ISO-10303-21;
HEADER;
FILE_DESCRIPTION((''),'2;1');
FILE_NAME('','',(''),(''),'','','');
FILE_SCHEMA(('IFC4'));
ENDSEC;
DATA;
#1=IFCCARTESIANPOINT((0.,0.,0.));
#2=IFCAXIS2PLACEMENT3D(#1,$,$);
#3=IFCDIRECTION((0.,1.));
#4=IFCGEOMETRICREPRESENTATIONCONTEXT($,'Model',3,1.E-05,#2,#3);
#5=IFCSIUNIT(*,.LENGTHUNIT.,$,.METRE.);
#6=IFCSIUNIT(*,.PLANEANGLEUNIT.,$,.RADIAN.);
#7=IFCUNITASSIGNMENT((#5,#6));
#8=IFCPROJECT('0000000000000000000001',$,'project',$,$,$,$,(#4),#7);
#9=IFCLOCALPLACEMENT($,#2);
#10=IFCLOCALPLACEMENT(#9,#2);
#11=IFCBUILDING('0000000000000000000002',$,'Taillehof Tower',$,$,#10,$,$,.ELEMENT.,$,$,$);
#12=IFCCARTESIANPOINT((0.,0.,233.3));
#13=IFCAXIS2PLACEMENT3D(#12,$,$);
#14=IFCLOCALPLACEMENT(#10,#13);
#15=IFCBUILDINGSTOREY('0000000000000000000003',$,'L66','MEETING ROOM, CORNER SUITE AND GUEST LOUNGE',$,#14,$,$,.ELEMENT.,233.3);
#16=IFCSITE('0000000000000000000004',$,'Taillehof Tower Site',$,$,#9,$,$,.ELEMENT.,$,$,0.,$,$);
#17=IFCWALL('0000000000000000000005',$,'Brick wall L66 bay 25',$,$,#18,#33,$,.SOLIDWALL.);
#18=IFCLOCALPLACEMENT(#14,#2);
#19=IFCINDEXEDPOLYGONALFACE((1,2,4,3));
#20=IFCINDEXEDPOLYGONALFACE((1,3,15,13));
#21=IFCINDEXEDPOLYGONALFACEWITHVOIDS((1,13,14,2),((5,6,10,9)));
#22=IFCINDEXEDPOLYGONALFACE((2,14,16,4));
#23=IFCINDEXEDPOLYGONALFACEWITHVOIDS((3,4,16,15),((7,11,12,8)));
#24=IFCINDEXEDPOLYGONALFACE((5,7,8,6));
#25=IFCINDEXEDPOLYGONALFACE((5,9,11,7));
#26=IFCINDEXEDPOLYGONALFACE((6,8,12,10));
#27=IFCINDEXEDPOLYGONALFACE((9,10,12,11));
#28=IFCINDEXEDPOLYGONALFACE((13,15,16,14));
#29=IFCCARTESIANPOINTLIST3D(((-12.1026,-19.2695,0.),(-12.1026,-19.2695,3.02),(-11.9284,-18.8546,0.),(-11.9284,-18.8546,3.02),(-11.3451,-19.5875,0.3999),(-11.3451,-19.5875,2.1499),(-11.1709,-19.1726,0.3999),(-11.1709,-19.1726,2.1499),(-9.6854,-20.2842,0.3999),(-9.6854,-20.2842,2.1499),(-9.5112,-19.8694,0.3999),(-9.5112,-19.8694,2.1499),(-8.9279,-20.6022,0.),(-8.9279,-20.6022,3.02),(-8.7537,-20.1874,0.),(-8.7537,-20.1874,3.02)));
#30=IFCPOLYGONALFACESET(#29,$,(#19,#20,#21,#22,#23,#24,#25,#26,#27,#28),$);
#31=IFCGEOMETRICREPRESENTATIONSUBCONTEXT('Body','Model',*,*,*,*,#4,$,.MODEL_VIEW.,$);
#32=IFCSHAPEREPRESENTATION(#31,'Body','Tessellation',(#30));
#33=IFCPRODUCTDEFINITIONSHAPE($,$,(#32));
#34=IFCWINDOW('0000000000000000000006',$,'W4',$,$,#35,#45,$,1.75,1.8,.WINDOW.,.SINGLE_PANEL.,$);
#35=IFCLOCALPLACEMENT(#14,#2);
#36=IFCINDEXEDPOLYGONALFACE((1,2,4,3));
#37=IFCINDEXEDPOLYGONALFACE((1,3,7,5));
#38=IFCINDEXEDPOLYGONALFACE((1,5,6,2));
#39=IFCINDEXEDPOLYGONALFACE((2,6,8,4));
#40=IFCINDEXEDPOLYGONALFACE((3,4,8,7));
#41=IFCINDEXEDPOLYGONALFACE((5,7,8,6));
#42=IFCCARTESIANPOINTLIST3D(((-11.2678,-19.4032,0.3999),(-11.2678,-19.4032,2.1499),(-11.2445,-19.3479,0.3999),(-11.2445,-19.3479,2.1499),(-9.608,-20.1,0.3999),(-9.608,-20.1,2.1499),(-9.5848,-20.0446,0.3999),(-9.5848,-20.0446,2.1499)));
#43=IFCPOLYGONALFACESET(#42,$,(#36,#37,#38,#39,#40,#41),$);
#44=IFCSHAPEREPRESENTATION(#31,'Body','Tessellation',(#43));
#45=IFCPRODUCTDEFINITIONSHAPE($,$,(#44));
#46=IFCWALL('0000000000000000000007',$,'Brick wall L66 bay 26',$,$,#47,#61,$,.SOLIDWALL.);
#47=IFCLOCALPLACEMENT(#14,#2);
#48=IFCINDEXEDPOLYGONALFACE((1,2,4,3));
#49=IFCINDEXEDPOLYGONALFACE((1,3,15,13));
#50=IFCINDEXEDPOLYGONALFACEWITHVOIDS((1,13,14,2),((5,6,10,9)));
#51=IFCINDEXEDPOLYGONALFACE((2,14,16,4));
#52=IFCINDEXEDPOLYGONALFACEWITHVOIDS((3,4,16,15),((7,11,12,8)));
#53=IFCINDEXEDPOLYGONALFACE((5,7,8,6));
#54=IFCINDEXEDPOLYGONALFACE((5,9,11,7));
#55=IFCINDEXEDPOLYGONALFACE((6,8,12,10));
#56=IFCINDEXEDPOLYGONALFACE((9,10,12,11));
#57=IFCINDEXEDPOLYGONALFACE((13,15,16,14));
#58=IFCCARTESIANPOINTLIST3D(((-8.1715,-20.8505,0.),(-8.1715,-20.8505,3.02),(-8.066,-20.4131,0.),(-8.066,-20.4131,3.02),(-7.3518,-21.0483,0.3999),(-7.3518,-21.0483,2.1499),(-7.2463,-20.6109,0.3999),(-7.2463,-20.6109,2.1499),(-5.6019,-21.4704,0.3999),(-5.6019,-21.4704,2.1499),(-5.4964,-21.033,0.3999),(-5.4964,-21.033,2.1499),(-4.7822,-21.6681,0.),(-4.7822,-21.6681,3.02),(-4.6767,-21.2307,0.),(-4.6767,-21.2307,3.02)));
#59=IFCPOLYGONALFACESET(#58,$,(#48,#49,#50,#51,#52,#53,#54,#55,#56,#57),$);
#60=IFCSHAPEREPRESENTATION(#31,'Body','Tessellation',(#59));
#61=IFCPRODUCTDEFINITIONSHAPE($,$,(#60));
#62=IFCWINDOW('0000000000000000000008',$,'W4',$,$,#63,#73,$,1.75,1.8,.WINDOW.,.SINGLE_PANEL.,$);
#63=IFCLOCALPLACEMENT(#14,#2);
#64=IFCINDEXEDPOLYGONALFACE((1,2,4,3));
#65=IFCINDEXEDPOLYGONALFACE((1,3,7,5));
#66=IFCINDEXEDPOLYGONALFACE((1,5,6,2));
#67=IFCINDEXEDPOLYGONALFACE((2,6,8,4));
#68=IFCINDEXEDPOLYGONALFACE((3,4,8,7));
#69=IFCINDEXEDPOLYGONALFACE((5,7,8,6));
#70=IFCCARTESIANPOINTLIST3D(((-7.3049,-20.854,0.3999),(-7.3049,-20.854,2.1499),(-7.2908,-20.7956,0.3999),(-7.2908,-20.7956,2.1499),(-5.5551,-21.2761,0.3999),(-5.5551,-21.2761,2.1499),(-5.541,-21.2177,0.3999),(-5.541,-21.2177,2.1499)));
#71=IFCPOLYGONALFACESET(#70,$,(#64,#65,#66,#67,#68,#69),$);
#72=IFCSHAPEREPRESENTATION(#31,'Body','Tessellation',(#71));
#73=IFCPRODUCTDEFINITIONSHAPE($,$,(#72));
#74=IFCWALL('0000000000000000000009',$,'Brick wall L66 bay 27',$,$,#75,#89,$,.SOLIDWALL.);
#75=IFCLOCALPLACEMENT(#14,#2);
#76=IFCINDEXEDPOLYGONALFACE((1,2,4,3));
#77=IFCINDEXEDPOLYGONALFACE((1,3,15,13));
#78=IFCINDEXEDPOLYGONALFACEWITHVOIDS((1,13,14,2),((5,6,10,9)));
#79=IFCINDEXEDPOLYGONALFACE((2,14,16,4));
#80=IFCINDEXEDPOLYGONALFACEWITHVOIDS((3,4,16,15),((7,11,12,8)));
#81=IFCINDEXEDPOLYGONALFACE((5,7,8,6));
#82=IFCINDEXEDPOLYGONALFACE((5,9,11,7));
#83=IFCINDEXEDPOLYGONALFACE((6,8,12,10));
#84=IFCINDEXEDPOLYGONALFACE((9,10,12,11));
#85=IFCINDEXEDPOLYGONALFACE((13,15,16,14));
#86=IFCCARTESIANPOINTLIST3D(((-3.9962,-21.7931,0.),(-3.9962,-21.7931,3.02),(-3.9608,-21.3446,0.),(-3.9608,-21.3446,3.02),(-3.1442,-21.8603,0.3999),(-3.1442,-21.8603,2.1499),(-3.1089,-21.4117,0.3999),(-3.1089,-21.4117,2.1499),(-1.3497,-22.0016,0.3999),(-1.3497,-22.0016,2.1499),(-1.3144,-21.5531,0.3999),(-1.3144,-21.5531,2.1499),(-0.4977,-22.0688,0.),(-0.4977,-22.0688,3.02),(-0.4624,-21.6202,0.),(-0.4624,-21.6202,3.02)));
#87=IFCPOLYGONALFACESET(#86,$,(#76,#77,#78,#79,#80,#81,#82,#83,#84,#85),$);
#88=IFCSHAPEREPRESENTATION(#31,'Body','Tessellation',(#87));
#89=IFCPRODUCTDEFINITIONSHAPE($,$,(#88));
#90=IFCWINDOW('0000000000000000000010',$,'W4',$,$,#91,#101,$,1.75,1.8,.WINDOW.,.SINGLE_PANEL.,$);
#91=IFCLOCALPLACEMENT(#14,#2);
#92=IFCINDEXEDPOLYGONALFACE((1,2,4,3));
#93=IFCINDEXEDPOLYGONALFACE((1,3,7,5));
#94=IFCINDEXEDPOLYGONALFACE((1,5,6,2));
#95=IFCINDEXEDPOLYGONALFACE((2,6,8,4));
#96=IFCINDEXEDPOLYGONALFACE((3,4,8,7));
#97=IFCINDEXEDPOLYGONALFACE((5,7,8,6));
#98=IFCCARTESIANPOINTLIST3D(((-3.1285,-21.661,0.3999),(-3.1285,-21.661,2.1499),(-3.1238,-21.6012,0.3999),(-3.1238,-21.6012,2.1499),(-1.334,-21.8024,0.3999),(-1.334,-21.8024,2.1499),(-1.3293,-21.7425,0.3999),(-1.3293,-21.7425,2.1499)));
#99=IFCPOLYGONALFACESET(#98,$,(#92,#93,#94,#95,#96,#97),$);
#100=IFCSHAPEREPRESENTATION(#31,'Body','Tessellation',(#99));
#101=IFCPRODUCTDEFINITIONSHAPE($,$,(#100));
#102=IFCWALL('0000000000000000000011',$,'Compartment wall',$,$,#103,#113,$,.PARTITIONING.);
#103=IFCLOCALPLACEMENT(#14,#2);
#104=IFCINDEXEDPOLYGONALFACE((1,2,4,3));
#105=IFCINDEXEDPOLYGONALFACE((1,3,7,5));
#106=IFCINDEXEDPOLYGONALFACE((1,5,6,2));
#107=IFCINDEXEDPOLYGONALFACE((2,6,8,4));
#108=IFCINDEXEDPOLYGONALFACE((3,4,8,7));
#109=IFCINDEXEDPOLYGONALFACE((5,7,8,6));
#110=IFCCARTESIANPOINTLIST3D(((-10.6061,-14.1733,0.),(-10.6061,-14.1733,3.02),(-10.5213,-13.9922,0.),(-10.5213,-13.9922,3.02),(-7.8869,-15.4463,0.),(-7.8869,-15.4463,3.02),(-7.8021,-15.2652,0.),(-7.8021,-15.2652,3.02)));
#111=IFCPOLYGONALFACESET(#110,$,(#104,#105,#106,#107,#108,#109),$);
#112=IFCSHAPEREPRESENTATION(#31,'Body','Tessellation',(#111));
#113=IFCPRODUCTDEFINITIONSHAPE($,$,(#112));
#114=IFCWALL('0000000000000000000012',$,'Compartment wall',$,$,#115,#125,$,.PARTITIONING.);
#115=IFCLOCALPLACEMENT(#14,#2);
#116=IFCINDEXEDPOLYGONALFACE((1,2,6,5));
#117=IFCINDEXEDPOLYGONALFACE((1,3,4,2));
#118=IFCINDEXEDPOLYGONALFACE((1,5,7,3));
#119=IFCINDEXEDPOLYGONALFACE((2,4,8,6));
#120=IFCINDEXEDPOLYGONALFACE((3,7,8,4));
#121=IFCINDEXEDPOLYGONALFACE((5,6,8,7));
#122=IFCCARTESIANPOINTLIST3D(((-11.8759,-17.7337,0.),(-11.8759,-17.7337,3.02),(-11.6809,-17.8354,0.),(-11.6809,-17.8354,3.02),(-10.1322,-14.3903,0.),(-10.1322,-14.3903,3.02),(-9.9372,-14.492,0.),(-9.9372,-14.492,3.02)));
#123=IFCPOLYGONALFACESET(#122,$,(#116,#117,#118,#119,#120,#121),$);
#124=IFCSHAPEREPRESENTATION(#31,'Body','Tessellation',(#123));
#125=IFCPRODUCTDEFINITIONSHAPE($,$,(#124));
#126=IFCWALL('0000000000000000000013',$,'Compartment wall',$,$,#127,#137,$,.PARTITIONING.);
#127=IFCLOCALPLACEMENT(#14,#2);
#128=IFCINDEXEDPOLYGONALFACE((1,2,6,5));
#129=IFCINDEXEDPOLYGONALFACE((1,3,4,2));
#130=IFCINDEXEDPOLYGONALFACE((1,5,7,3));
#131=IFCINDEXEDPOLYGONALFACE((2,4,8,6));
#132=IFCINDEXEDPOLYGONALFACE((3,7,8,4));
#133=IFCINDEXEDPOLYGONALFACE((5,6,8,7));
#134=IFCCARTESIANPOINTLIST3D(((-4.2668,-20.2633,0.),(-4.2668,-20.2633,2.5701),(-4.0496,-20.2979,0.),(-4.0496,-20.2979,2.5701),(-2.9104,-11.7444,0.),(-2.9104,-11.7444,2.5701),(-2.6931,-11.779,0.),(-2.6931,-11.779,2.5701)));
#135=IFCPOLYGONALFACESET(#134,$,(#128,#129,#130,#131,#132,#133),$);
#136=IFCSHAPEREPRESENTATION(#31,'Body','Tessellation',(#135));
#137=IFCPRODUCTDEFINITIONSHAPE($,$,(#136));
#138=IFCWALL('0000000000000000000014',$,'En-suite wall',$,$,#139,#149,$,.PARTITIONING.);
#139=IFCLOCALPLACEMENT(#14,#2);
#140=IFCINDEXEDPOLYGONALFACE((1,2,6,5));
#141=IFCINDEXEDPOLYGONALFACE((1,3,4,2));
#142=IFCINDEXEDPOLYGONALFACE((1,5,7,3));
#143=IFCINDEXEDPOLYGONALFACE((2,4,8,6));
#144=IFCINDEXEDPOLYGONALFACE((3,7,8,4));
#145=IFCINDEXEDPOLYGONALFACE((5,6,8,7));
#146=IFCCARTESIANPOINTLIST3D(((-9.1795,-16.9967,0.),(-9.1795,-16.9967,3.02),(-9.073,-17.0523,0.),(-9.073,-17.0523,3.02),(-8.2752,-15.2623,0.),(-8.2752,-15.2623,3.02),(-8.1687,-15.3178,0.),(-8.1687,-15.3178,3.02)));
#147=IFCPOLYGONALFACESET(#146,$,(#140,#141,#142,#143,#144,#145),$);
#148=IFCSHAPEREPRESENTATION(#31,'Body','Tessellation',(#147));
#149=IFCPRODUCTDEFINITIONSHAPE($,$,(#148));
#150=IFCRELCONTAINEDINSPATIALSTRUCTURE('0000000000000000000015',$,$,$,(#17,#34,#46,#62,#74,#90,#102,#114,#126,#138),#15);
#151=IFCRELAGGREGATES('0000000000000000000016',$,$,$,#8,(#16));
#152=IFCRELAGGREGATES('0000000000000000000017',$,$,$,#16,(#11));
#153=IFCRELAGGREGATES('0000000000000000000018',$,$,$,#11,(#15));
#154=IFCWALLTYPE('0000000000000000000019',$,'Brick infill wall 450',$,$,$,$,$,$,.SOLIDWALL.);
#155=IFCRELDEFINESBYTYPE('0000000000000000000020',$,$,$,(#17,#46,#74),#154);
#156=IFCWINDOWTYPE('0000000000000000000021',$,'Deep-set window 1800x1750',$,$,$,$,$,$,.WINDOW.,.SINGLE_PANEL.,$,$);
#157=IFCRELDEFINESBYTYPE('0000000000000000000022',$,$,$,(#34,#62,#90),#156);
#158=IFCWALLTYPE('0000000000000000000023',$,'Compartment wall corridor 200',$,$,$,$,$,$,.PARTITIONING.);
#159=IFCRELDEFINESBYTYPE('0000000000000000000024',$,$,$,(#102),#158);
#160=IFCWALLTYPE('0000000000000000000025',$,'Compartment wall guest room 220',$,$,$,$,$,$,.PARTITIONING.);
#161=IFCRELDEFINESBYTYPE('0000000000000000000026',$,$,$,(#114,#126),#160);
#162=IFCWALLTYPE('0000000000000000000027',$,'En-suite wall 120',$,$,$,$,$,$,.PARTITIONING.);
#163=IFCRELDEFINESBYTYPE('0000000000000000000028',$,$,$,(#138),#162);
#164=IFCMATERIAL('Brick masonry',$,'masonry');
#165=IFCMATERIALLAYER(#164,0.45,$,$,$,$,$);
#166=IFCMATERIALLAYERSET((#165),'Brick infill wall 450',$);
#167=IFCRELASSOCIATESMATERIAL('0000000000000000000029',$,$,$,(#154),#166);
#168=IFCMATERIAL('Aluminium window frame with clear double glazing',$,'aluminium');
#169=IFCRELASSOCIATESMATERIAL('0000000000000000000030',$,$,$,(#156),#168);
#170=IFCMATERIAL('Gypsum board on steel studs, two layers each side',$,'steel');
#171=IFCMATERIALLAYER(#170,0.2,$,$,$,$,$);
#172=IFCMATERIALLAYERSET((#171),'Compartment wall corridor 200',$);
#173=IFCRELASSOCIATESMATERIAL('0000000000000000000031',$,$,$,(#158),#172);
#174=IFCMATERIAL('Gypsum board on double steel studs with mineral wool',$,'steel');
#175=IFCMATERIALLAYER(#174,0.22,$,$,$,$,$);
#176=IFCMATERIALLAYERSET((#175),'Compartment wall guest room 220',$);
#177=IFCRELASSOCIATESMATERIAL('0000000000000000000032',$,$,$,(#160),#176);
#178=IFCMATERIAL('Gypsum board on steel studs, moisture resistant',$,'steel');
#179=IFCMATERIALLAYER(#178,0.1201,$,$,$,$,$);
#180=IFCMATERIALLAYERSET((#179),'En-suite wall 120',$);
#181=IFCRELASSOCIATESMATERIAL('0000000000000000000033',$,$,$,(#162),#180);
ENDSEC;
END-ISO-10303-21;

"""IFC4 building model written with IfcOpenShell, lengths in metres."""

from ifc_helpers import new_model, si_unit, direction, frame, frame_2d, origin, place, context, subcontext, project, spatial, rectangle, extrude, material, layer, layer_set, type_object, element, fill, save


model = new_model("IFC4")

# Units and contexts
model_context = context("Model", 3, precision=1e-05, world=origin(), true_north=direction((0.0, 1.0)))
body_context = subcontext(model_context, "Body", "Model", "MODEL_VIEW")
ifc_project = project(units=[si_unit("LENGTHUNIT", "METRE"), si_unit("PLANEANGLEUNIT", "RADIAN")], contexts=[model_context])

# Site, building, storey
site_placement = place(None, origin())
site = spatial("IfcSite", under=ifc_project, at=site_placement, Name="Taillehof Tower Site", CompositionType="ELEMENT", RefElevation=0.0)
building_placement = place(site_placement, origin())
building = spatial("IfcBuilding", under=site, at=building_placement, Name="Taillehof Tower", CompositionType="ELEMENT")
storey_placement = place(building_placement, frame((0.0, 0.0, 233.3)))
storey = spatial("IfcBuildingStorey", under=building, at=storey_placement, Name="L66", Description="MEETING ROOM, CORNER SUITE AND GUEST LOUNGE", CompositionType="ELEMENT", Elevation=233.3)

# Walls, openings, windows
ifc_material_1 = material(Name="Brick masonry", Category="masonry")
ifc_layer_1 = layer(ifc_material_1, 0.45)
ifc_layer_set_1 = layer_set([ifc_layer_1], Name="Brick infill wall 450")
wall_type_1 = type_object("IfcWallType", Name="Brick infill wall 450", PredefinedType="SOLIDWALL", material=ifc_layer_set_1)
wall_1_placement = place(storey_placement, frame((-12.0156, -19.062, 0.0), z_axis=(0.0, 0.0, 1.0), x_axis=(0.92205, -0.387071, 0.0)))
wall_1 = element("IfcWall", 1, at=wall_1_placement, inside=storey, type_object=wall_type_1, Name="Brick wall L66 bay 25", PredefinedType="SOLIDWALL", context=body_context, shape_type="SweptSolid", body=[
    extrude(rectangle(XDim=3.4431, YDim=0.45, at=frame_2d((1.7217, 0.0))), origin(), (0.0, 0.0, 1.0), 3.02),
])
opening_1_placement = place(wall_1_placement, frame((0.8218, 0.0, 0.3999)))
opening_1 = element("IfcOpeningElement", 2, at=opening_1_placement, cuts=wall_1, PredefinedType="OPENING", context=body_context, shape_type="SweptSolid", body=[
    extrude(rectangle(XDim=1.8, YDim=1.75, at=frame_2d((0.8999, 0.875))), frame((0.0, 0.2349, 0.0), z_axis=(0.0, -1.0, 0.0), x_axis=(1.0, 0.0, 0.0)), (0.0, 0.0, 1.0), 0.47),
])
ifc_material_2 = material(Name="Aluminium window frame with clear double glazing", Category="aluminium")
window_type = type_object("IfcWindowType", Name="Deep-set window 1800x1750", PartitioningType="SINGLE_PANEL", PredefinedType="WINDOW", material=ifc_material_2)
window_1_placement = place(opening_1_placement, origin())
window_1 = element("IfcWindow", 3, at=window_1_placement, inside=storey, type_object=window_type, Name="W4", OverallHeight=1.75, OverallWidth=1.8, PartitioningType="SINGLE_PANEL", PredefinedType="WINDOW", context=body_context, shape_type="SweptSolid", body=[
    extrude(rectangle(XDim=1.8, YDim=1.75, at=frame_2d((0.8999, 0.875))), frame((0.0, 0.0349, 0.0), z_axis=(0.0, -1.0, 0.0), x_axis=(1.0, 0.0, 0.0)), (0.0, 0.0, 1.0), 0.0601),
])
fill(opening_1, window_1)
wall_2_placement = place(storey_placement, frame((-8.1187, -20.6318, 0.0), z_axis=(0.0, 0.0, 1.0), x_axis=(0.972115, -0.234504, 0.0)))
wall_2 = element("IfcWall", 4, at=wall_2_placement, inside=storey, type_object=wall_type_1, Name="Brick wall L66 bay 26", PredefinedType="SOLIDWALL", context=body_context, shape_type="SweptSolid", body=[
    extrude(rectangle(XDim=3.4866, YDim=0.45, at=frame_2d((1.7432, 0.0))), origin(), (0.0, 0.0, 1.0), 3.02),
])
opening_2_placement = place(wall_2_placement, frame((0.8433, 0.0, 0.3999)))
opening_2 = element("IfcOpeningElement", 5, at=opening_2_placement, cuts=wall_2, PredefinedType="OPENING", context=body_context, shape_type="SweptSolid", body=[
    extrude(rectangle(XDim=1.8, YDim=1.75, at=frame_2d((0.8999, 0.875))), frame((0.0, 0.2349, 0.0), z_axis=(0.0, -1.0, 0.0), x_axis=(1.0, 0.0, 0.0)), (0.0, 0.0, 1.0), 0.47),
])
window_2_placement = place(opening_2_placement, origin())
window_2 = element("IfcWindow", 6, at=window_2_placement, inside=storey, type_object=window_type, Name="W4", OverallHeight=1.75, OverallWidth=1.8, PartitioningType="SINGLE_PANEL", PredefinedType="WINDOW", context=body_context, shape_type="SweptSolid", body=[
    extrude(rectangle(XDim=1.8, YDim=1.75, at=frame_2d((0.8999, 0.875))), frame((0.0, 0.0349, 0.0), z_axis=(0.0, -1.0, 0.0), x_axis=(1.0, 0.0, 0.0)), (0.0, 0.0, 1.0), 0.0601),
])
fill(opening_2, window_2)
wall_3_placement = place(storey_placement, frame((-3.9785, -21.5688, 0.0), z_axis=(0.0, 0.0, 1.0), x_axis=(0.996911, -0.078542, 0.0)))
wall_3 = element("IfcWall", 7, at=wall_3_placement, inside=storey, type_object=wall_type_1, Name="Brick wall L66 bay 27", PredefinedType="SOLIDWALL", context=body_context, shape_type="SweptSolid", body=[
    extrude(rectangle(XDim=3.5093, YDim=0.45, at=frame_2d((1.7546, 0.0))), origin(), (0.0, 0.0, 1.0), 3.02),
])
opening_3_placement = place(wall_3_placement, frame((0.8547, 0.0, 0.3999)))
opening_3 = element("IfcOpeningElement", 8, at=opening_3_placement, cuts=wall_3, PredefinedType="OPENING", context=body_context, shape_type="SweptSolid", body=[
    extrude(rectangle(XDim=1.8, YDim=1.75, at=frame_2d((0.8999, 0.875))), frame((0.0, 0.2349, 0.0), z_axis=(0.0, -1.0, 0.0), x_axis=(1.0, 0.0, 0.0)), (0.0, 0.0, 1.0), 0.47),
])
window_3_placement = place(opening_3_placement, origin())
window_3 = element("IfcWindow", 9, at=window_3_placement, inside=storey, type_object=window_type, Name="W4", OverallHeight=1.75, OverallWidth=1.8, PartitioningType="SINGLE_PANEL", PredefinedType="WINDOW", context=body_context, shape_type="SweptSolid", body=[
    extrude(rectangle(XDim=1.8, YDim=1.75, at=frame_2d((0.8999, 0.875))), frame((0.0, 0.0349, 0.0), z_axis=(0.0, -1.0, 0.0), x_axis=(1.0, 0.0, 0.0)), (0.0, 0.0, 1.0), 0.0601),
])
fill(opening_3, window_3)

# Walls
ifc_material_3 = material(Name="Gypsum board on steel studs, two layers each side", Category="steel")
ifc_layer_2 = layer(ifc_material_3, 0.2)
ifc_layer_set_2 = layer_set([ifc_layer_2], Name="Compartment wall corridor 200")
wall_type_2 = type_object("IfcWallType", Name="Compartment wall corridor 200", PredefinedType="PARTITIONING", material=ifc_layer_set_2)
wall_4_placement = place(storey_placement, frame((-7.8445, -15.3557, 0.0), z_axis=(0.0, 0.0, 1.0), x_axis=(-0.905676, 0.423971, 0.0)))
element("IfcWall", 10, at=wall_4_placement, inside=storey, type_object=wall_type_2, Name="Compartment wall", PredefinedType="PARTITIONING", context=body_context, shape_type="SweptSolid", body=[
    extrude(rectangle(XDim=3.0024, YDim=0.2, at=frame_2d((1.5012, 0.0))), origin(), (0.0, 0.0, 1.0), 3.02),
])
ifc_material_4 = material(Name="Gypsum board on double steel studs with mineral wool", Category="steel")
ifc_layer_3 = layer(ifc_material_4, 0.22)
ifc_layer_set_3 = layer_set([ifc_layer_3], Name="Compartment wall guest room 220")
wall_type_3 = type_object("IfcWallType", Name="Compartment wall guest room 220", PredefinedType="PARTITIONING", material=ifc_layer_set_3)
wall_5_placement = place(storey_placement, frame((-11.7783, -17.7844, 0.0), z_axis=(0.0, 0.0, 1.0), x_axis=(0.462429, 0.886656, 0.0)))
element("IfcWall", 11, at=wall_5_placement, inside=storey, type_object=wall_type_3, Name="Compartment wall", PredefinedType="PARTITIONING", context=body_context, shape_type="SweptSolid", body=[
    extrude(rectangle(XDim=3.7708, YDim=0.22, at=frame_2d((1.8853, 0.0))), origin(), (0.0, 0.0, 1.0), 3.02),
])
wall_6_placement = place(storey_placement, frame((-4.1582, -20.2805, 0.0), z_axis=(0.0, 0.0, 1.0), x_axis=(0.157249, 0.987559, 0.0)))
element("IfcWall", 12, at=wall_6_placement, inside=storey, type_object=wall_type_3, Name="Compartment wall", PredefinedType="PARTITIONING", context=body_context, shape_type="SweptSolid", body=[
    extrude(rectangle(XDim=8.6262, YDim=0.22, at=frame_2d((4.313, 0.0))), origin(), (0.0, 0.0, 1.0), 2.5701),
])
ifc_material_5 = material(Name="Gypsum board on steel studs, moisture resistant", Category="steel")
ifc_layer_4 = layer(ifc_material_5, 0.1201)
ifc_layer_set_4 = layer_set([ifc_layer_4], Name="En-suite wall 120")
wall_type_4 = type_object("IfcWallType", Name="En-suite wall 120", PredefinedType="PARTITIONING", material=ifc_layer_set_4)
wall_7_placement = place(storey_placement, frame((-8.2219, -15.29, 0.0), z_axis=(0.0, 0.0, 1.0), x_axis=(-0.462327, -0.886709, 0.0)))
element("IfcWall", 13, at=wall_7_placement, inside=storey, type_object=wall_type_4, Name="En-suite wall", PredefinedType="PARTITIONING", context=body_context, shape_type="SweptSolid", body=[
    extrude(rectangle(XDim=1.9561, YDim=0.1201, at=frame_2d((0.978, 0.0))), origin(), (0.0, 0.0, 1.0), 3.02),
])

save(model, "model.ifc")
